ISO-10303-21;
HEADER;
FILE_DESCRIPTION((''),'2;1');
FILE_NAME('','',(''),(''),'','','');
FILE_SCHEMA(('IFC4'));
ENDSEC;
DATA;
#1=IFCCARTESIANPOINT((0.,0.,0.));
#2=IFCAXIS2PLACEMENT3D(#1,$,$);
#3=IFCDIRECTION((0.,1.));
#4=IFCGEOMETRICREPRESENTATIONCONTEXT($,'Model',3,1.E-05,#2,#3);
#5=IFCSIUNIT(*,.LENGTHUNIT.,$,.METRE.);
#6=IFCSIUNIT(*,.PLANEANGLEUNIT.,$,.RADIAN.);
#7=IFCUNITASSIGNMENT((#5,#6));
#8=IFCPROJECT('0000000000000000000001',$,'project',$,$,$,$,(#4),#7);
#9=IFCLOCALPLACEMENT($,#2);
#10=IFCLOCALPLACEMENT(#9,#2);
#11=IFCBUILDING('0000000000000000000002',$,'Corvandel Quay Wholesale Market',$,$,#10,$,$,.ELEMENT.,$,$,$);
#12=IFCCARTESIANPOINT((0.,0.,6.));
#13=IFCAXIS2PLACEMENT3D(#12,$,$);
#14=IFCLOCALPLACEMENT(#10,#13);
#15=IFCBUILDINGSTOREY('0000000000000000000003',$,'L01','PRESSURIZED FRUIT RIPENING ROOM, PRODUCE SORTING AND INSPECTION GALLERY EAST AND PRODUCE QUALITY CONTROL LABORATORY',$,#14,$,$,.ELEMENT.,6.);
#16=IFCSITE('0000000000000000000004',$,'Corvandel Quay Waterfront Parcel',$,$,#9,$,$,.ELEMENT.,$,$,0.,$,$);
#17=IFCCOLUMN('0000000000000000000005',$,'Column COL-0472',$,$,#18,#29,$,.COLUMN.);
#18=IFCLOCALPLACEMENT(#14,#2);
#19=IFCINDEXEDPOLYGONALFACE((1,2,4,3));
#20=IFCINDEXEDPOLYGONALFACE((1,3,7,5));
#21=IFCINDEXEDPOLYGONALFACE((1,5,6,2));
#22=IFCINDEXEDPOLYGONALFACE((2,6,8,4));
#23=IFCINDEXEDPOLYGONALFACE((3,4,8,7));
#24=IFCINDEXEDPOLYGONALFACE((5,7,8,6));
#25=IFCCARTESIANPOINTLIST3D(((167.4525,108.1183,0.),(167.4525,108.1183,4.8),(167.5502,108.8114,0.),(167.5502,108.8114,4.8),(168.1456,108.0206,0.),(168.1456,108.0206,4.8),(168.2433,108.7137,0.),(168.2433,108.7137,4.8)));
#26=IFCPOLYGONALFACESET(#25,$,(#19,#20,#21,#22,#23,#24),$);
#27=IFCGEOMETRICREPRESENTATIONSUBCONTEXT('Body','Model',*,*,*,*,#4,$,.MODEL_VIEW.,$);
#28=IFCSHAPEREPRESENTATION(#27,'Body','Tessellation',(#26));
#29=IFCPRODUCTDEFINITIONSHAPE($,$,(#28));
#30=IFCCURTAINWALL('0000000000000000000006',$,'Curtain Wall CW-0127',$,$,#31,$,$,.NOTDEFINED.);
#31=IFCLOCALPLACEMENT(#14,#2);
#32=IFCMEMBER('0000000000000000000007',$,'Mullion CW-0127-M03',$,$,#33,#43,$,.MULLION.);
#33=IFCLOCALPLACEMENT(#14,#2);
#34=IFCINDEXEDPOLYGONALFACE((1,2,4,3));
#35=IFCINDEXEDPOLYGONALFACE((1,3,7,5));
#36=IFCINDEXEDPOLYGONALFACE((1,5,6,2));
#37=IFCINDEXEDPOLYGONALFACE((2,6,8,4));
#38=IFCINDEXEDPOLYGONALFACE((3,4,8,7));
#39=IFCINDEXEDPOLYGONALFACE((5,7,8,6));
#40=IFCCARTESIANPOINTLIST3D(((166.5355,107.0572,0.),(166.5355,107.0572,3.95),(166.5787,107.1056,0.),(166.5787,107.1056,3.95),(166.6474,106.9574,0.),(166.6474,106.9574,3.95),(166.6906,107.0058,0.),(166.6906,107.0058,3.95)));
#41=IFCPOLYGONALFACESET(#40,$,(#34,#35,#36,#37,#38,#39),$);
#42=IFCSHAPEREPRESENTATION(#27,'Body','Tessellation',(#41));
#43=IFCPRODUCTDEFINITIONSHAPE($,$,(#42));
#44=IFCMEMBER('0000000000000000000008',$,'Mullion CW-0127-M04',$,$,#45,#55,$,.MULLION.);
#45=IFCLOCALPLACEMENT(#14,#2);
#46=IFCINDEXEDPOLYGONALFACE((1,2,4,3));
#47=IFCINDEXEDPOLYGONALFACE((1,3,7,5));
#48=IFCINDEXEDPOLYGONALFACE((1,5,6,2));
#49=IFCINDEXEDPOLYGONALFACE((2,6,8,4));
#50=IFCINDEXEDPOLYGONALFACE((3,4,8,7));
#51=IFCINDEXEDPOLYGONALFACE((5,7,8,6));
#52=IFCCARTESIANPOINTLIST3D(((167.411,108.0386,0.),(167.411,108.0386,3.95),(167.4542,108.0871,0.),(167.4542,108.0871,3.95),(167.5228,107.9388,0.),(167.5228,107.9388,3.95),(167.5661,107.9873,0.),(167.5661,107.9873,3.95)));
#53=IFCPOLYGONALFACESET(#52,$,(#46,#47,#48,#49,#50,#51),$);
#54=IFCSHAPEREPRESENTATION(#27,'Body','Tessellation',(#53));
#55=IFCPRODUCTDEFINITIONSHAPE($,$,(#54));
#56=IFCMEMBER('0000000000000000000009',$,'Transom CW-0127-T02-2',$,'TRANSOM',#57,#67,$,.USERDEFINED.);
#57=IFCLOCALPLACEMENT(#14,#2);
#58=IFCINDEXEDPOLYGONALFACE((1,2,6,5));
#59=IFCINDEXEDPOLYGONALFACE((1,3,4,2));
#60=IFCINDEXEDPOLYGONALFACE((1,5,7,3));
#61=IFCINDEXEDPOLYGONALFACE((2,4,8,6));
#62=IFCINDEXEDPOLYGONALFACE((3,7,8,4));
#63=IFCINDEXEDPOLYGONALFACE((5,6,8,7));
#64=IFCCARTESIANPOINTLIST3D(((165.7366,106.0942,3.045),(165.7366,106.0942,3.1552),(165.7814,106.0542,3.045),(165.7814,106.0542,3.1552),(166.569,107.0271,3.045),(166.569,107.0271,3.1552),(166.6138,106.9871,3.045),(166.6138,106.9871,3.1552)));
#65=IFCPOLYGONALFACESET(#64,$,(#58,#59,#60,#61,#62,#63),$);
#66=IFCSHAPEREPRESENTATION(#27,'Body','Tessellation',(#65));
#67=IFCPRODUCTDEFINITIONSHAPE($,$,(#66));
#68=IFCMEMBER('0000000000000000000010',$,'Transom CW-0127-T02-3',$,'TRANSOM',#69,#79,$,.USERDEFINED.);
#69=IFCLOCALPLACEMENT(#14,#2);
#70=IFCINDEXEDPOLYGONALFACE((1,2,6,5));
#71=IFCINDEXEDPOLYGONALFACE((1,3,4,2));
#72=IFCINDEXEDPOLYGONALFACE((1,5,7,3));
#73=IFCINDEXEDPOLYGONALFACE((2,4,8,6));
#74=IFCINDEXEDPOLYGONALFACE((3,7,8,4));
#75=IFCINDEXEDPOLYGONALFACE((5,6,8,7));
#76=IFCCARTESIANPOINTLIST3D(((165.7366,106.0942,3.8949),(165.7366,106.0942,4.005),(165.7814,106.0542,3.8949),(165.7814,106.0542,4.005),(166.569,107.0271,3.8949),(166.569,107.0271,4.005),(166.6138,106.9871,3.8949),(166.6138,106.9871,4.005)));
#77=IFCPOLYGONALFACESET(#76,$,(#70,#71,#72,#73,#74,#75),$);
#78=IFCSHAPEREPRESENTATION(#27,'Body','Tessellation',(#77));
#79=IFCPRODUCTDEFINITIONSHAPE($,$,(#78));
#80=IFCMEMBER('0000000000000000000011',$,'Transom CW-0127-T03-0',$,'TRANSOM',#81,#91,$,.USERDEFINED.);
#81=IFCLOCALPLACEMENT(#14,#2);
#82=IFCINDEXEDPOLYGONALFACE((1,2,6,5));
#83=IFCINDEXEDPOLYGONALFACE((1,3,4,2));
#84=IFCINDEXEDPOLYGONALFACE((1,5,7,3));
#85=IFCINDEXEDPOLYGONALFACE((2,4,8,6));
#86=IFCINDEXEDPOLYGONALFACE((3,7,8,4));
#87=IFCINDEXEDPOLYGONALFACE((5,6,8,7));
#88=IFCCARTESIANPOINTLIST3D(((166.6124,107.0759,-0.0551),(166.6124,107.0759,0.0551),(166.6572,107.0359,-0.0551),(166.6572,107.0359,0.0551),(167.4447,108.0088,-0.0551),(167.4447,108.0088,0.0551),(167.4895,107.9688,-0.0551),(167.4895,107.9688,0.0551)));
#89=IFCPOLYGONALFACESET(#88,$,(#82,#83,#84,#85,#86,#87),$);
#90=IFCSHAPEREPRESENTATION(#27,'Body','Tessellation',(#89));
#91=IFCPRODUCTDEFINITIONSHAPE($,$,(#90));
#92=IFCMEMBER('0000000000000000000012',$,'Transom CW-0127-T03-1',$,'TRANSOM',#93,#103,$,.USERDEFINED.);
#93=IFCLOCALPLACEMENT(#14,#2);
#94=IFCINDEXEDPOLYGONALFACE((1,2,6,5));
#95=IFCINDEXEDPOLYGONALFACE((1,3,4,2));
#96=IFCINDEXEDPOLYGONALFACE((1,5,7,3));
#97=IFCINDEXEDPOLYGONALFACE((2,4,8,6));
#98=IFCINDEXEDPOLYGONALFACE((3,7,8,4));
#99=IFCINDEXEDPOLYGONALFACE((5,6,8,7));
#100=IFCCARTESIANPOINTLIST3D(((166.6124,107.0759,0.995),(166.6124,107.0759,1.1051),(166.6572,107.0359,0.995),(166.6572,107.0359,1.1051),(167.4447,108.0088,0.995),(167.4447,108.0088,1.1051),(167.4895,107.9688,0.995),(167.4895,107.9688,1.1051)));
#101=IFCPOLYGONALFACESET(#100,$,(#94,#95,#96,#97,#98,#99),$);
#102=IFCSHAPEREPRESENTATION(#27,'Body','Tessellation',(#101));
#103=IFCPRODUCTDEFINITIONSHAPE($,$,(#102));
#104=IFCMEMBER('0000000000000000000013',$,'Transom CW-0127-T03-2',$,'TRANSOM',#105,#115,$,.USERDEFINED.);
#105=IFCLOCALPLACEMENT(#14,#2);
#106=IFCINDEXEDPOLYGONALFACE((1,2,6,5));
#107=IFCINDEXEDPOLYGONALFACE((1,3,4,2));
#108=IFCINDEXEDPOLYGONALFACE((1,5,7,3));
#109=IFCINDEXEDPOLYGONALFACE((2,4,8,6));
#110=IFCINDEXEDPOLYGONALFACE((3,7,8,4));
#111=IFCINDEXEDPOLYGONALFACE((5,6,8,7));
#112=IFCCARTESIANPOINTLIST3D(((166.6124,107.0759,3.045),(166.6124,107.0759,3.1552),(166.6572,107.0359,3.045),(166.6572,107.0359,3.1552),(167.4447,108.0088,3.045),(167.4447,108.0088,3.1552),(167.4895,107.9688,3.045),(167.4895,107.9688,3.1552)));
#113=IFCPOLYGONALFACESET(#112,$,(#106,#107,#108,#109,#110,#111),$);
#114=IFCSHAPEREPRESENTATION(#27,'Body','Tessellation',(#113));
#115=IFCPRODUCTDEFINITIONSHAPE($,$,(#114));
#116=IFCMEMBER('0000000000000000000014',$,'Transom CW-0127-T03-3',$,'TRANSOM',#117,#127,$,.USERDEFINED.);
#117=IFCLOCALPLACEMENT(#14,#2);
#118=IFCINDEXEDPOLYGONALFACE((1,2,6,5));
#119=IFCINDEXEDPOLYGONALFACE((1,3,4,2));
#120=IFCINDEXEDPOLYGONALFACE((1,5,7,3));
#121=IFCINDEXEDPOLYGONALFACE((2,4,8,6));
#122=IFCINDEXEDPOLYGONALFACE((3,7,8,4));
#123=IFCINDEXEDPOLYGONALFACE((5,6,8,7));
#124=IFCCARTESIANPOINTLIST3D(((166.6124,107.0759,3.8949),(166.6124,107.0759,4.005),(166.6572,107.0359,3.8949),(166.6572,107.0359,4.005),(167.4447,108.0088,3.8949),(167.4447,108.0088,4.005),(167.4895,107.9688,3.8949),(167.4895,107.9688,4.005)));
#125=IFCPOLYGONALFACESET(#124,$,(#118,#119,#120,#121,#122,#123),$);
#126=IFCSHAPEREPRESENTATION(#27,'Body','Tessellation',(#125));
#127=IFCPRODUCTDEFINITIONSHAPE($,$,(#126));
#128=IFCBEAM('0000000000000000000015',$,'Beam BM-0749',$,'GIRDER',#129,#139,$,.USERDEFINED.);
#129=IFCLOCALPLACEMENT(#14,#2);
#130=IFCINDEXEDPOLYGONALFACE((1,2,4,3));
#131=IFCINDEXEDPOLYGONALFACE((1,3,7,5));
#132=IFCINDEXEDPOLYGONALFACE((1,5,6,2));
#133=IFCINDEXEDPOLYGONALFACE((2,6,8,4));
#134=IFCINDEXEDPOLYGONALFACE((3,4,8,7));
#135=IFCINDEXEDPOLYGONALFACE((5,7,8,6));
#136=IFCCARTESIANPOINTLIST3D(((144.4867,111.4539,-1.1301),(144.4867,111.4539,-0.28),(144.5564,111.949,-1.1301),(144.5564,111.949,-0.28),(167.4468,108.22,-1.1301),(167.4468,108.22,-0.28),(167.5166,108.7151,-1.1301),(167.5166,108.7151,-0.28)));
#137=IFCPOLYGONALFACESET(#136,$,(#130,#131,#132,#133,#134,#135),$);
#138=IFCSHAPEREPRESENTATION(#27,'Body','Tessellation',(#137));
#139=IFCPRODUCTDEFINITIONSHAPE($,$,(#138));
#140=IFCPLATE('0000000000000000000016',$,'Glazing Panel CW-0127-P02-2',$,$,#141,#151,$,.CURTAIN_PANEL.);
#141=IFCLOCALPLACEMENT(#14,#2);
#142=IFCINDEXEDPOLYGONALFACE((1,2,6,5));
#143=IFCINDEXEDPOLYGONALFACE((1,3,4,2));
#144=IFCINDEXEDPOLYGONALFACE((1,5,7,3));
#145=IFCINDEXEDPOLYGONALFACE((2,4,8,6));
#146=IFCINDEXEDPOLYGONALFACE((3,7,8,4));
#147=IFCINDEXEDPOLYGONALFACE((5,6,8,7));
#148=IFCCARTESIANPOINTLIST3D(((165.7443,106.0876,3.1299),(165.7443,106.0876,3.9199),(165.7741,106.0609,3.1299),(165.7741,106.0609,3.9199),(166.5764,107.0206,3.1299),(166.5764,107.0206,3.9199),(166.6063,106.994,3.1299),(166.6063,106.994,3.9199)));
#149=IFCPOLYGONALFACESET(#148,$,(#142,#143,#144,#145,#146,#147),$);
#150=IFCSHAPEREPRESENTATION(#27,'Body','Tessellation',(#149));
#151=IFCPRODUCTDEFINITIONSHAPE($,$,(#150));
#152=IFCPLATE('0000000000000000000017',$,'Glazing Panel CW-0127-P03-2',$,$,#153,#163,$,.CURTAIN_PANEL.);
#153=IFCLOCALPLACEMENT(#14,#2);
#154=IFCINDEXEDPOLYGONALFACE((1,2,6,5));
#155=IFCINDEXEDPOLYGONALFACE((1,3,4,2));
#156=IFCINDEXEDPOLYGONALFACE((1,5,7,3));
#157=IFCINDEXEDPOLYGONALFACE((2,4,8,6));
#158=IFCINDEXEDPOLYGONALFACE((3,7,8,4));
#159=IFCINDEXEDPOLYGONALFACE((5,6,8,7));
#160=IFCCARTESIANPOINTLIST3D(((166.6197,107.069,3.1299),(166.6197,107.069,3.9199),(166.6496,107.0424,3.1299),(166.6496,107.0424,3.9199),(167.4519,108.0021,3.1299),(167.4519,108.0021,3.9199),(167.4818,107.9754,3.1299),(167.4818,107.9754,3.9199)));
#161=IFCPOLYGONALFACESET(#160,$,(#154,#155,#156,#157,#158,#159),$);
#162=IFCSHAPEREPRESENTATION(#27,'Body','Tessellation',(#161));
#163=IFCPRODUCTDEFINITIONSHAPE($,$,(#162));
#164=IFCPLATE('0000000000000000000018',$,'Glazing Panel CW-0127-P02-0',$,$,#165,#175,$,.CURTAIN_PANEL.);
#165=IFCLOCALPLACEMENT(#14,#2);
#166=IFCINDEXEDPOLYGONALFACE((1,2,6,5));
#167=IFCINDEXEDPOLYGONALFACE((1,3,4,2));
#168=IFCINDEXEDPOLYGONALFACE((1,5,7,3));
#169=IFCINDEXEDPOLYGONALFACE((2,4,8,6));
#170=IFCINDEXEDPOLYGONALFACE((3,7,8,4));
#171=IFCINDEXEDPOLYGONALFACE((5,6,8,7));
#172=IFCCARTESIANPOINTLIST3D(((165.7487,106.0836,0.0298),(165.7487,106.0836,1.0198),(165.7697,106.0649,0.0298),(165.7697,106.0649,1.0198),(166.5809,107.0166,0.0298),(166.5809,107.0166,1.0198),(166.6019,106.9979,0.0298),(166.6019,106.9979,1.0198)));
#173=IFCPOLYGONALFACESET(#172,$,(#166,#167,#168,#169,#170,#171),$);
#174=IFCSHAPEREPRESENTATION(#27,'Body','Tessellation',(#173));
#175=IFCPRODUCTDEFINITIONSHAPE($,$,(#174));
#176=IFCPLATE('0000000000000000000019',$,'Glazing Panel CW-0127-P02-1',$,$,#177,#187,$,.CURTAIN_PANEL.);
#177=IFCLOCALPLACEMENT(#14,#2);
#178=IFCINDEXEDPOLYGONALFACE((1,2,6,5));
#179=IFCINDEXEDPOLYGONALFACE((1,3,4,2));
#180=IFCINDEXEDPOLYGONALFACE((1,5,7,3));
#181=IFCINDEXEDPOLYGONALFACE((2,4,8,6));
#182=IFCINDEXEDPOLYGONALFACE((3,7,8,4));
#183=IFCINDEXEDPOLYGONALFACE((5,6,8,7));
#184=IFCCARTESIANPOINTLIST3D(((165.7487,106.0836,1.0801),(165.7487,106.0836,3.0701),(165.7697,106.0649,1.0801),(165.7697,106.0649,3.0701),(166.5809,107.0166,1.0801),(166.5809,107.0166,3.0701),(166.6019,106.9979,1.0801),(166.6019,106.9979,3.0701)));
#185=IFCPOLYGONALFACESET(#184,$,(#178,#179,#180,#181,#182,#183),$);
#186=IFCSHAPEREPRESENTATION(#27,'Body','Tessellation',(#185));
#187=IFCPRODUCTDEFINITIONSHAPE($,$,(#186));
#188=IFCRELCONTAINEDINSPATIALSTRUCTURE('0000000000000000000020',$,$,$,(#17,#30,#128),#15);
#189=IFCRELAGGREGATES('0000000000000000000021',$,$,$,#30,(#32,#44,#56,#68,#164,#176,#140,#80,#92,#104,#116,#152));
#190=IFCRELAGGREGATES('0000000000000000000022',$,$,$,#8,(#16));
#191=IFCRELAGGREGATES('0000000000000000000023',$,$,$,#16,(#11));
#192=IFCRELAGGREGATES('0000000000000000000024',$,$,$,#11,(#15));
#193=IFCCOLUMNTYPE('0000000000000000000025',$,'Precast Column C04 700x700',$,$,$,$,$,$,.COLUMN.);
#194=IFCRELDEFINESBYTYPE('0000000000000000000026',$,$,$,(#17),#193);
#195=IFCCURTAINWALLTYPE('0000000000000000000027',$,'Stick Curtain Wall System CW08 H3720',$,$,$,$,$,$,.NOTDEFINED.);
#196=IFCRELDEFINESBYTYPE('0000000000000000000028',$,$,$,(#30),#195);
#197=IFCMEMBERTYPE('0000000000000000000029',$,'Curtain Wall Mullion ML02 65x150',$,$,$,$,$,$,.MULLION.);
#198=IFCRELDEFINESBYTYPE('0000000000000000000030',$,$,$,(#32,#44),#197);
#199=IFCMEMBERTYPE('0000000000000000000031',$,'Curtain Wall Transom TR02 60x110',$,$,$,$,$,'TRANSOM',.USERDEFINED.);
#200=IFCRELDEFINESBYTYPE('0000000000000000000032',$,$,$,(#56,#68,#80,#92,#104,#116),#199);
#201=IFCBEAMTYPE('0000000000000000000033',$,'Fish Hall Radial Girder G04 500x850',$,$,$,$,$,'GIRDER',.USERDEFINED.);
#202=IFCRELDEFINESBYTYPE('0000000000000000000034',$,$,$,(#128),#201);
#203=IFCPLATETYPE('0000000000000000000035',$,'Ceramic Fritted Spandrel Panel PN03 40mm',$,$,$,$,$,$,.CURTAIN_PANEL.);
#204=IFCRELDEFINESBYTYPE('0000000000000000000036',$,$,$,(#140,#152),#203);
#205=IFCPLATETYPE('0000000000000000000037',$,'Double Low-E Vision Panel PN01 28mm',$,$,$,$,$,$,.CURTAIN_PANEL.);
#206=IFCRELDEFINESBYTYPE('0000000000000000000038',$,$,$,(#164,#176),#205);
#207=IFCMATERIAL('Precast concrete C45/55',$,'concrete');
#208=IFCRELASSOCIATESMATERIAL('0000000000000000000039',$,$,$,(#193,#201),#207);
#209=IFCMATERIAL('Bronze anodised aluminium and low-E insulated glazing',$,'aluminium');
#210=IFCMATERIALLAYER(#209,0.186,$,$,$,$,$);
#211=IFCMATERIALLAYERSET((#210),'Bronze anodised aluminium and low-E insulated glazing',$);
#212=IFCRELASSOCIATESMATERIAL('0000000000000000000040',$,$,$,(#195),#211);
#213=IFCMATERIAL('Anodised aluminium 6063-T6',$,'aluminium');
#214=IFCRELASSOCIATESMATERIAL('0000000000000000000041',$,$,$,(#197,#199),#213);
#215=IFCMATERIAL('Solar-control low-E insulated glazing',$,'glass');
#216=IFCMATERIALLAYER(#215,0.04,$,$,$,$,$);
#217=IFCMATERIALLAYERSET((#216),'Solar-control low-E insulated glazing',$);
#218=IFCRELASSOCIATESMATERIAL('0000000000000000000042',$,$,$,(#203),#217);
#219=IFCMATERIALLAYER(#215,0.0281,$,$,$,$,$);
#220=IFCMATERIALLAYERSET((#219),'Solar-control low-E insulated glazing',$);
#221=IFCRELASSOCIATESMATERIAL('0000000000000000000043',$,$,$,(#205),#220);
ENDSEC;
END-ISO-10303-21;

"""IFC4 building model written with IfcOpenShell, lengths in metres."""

from ifc_helpers import new_model, si_unit, direction, frame, origin, origin_2d, place, context, subcontext, project, spatial, rectangle, extrude, material, layer, layer_set, material_profile, profile_set, type_object, element, aggregate, save


model = new_model("IFC4")

# Units and contexts
model_context = context("Model", 3, precision=1e-05, world=origin(), true_north=direction((0.0, 1.0)))
body_context = subcontext(model_context, "Body", "Model", "MODEL_VIEW")
ifc_project = project(units=[si_unit("LENGTHUNIT", "METRE"), si_unit("PLANEANGLEUNIT", "RADIAN")], contexts=[model_context])

# Site, building, storey
site_placement = place(None, origin())
site = spatial("IfcSite", under=ifc_project, at=site_placement, Name="Corvandel Quay Waterfront Parcel", CompositionType="ELEMENT", RefElevation=0.0)
building_placement = place(site_placement, origin())
building = spatial("IfcBuilding", under=site, at=building_placement, Name="Corvandel Quay Wholesale Market", CompositionType="ELEMENT")
storey_placement = place(building_placement, frame((0.0, 0.0, 6.0)))
storey = spatial("IfcBuildingStorey", under=building, at=storey_placement, Name="L01", Description="PRESSURIZED FRUIT RIPENING ROOM, PRODUCE SORTING AND INSPECTION GALLERY EAST AND PRODUCE QUALITY CONTROL LABORATORY", CompositionType="ELEMENT", Elevation=6.0)

# Column
ifc_material_1 = material(Name="Precast concrete C45/55", Category="concrete")
ifc_material_profile_1 = material_profile(ifc_material_1, rectangle(XDim=0.7, YDim=0.7, at=origin_2d()), Name="PC-COL-700x700")
ifc_profile_set_1 = profile_set([ifc_material_profile_1], Name="Precast concrete C45/55")
column_type = type_object("IfcColumnType", Name="Precast Column C04 700x700", PredefinedType="COLUMN", material=ifc_profile_set_1)
column_placement = place(storey_placement, frame((167.8479, 108.416, 0.0), z_axis=(0.0, 0.0, 1.0), x_axis=(0.139519, 0.990219, 0.0)))
element("IfcColumn", 1, at=column_placement, inside=storey, type_object=column_type, Name="Column COL-0472", PredefinedType="COLUMN", context=body_context, shape_type="SweptSolid", body=[
    extrude(rectangle(XDim=0.7, YDim=0.7, at=origin_2d()), origin(), (0.0, 0.0, 1.0), 4.8),
])

# Curtain wall, members
ifc_material_2 = material(Name="Bronze anodised aluminium and low-E insulated glazing", Category="aluminium")
ifc_layer_1 = layer(ifc_material_2, 0.186)
ifc_layer_set_1 = layer_set([ifc_layer_1], Name="Bronze anodised aluminium and low-E insulated glazing")
curtain_wall_type = type_object("IfcCurtainWallType", Name="Stick Curtain Wall System CW08 H3720", PredefinedType="NOTDEFINED", material=ifc_layer_set_1)
curtain_wall_placement = place(storey_placement, origin())
curtain_wall = element("IfcCurtainWall", 2, at=curtain_wall_placement, inside=storey, type_object=curtain_wall_type, Name="Curtain Wall CW-0127", PredefinedType="NOTDEFINED")
ifc_material_3 = material(Name="Anodised aluminium 6063-T6", Category="aluminium")
ifc_material_profile_2 = material_profile(ifc_material_3, rectangle(XDim=0.0649, YDim=0.1499, at=origin_2d()), Name="ALU-MUL-65x150")
ifc_profile_set_2 = profile_set([ifc_material_profile_2], Name="Anodised aluminium 6063-T6")
member_type_1 = type_object("IfcMemberType", Name="Curtain Wall Mullion ML02 65x150", PredefinedType="MULLION", material=ifc_profile_set_2)
member_1_placement = place(storey_placement, frame((166.613, 107.0315, 0.0), z_axis=(0.0, 0.0, 1.0), x_axis=(0.665621, 0.74629, 0.0)))
member_1 = element("IfcMember", 3, at=member_1_placement, type_object=member_type_1, Name="Mullion CW-0127-M03", PredefinedType="MULLION", context=body_context, shape_type="SweptSolid", body=[
    extrude(rectangle(XDim=0.0649, YDim=0.1499, at=origin_2d()), origin(), (0.0, 0.0, 1.0), 3.95),
])
member_2_placement = place(storey_placement, frame((167.4885, 108.0129, 0.0), z_axis=(0.0, 0.0, 1.0), x_axis=(0.665621, 0.74629, 0.0)))
member_2 = element("IfcMember", 4, at=member_2_placement, type_object=member_type_1, Name="Mullion CW-0127-M04", PredefinedType="MULLION", context=body_context, shape_type="SweptSolid", body=[
    extrude(rectangle(XDim=0.0649, YDim=0.1499, at=origin_2d()), origin(), (0.0, 0.0, 1.0), 3.95),
])
ifc_material_profile_3 = material_profile(ifc_material_3, rectangle(XDim=0.0601, YDim=0.1101, at=origin_2d()), Name="ALU-TRN-60x110")
ifc_profile_set_3 = profile_set([ifc_material_profile_3], Name="Anodised aluminium 6063-T6")
member_type_2 = type_object("IfcMemberType", Name="Curtain Wall Transom TR02 60x110", ElementType="TRANSOM", PredefinedType="USERDEFINED", material=ifc_profile_set_3)
member_3_placement = place(storey_placement, frame((165.759, 106.0742, 3.1001), z_axis=(0.665732, 0.746191, 0.0), x_axis=(-0.746191, 0.665732, 0.0)))
member_3 = element("IfcMember", 5, at=member_3_placement, type_object=member_type_2, Name="Transom CW-0127-T02-2", ObjectType="TRANSOM", PredefinedType="USERDEFINED", context=body_context, shape_type="SweptSolid", body=[
    extrude(rectangle(XDim=0.0601, YDim=0.1101, at=origin_2d()), origin(), (0.0, 0.0, 1.0), 1.2502),
])
member_4_placement = place(storey_placement, frame((165.759, 106.0742, 3.95), z_axis=(0.665732, 0.746191, 0.0), x_axis=(-0.746191, 0.665732, 0.0)))
member_4 = element("IfcMember", 6, at=member_4_placement, type_object=member_type_2, Name="Transom CW-0127-T02-3", ObjectType="TRANSOM", PredefinedType="USERDEFINED", context=body_context, shape_type="SweptSolid", body=[
    extrude(rectangle(XDim=0.0601, YDim=0.1101, at=origin_2d()), origin(), (0.0, 0.0, 1.0), 1.2502),
])
member_5_placement = place(storey_placement, frame((166.6348, 107.0559, 0.0), z_axis=(0.665732, 0.746191, 0.0), x_axis=(-0.746191, 0.665732, 0.0)))
member_5 = element("IfcMember", 7, at=member_5_placement, type_object=member_type_2, Name="Transom CW-0127-T03-0", ObjectType="TRANSOM", PredefinedType="USERDEFINED", context=body_context, shape_type="SweptSolid", body=[
    extrude(rectangle(XDim=0.0601, YDim=0.1101, at=origin_2d()), origin(), (0.0, 0.0, 1.0), 1.2502),
])
member_6_placement = place(storey_placement, frame((166.6348, 107.0559, 1.05), z_axis=(0.665732, 0.746191, 0.0), x_axis=(-0.746191, 0.665732, 0.0)))
member_6 = element("IfcMember", 8, at=member_6_placement, type_object=member_type_2, Name="Transom CW-0127-T03-1", ObjectType="TRANSOM", PredefinedType="USERDEFINED", context=body_context, shape_type="SweptSolid", body=[
    extrude(rectangle(XDim=0.0601, YDim=0.1101, at=origin_2d()), origin(), (0.0, 0.0, 1.0), 1.2502),
])
member_7_placement = place(storey_placement, frame((166.6348, 107.0559, 3.1001), z_axis=(0.665732, 0.746191, 0.0), x_axis=(-0.746191, 0.665732, 0.0)))
member_7 = element("IfcMember", 9, at=member_7_placement, type_object=member_type_2, Name="Transom CW-0127-T03-2", ObjectType="TRANSOM", PredefinedType="USERDEFINED", context=body_context, shape_type="SweptSolid", body=[
    extrude(rectangle(XDim=0.0601, YDim=0.1101, at=origin_2d()), origin(), (0.0, 0.0, 1.0), 1.2502),
])
member_8_placement = place(storey_placement, frame((166.6348, 107.0559, 3.95), z_axis=(0.665732, 0.746191, 0.0), x_axis=(-0.746191, 0.665732, 0.0)))
member_8 = element("IfcMember", 10, at=member_8_placement, type_object=member_type_2, Name="Transom CW-0127-T03-3", ObjectType="TRANSOM", PredefinedType="USERDEFINED", context=body_context, shape_type="SweptSolid", body=[
    extrude(rectangle(XDim=0.0601, YDim=0.1101, at=origin_2d()), origin(), (0.0, 0.0, 1.0), 1.2502),
])

# Beam
ifc_material_profile_4 = material_profile(ifc_material_1, rectangle(XDim=0.5, YDim=0.8501, at=origin_2d()), Name="PC-GIR-500x850")
ifc_profile_set_4 = profile_set([ifc_material_profile_4], Name="Precast concrete C45/55")
beam_type = type_object("IfcBeamType", Name="Fish Hall Radial Girder G04 500x850", ElementType="GIRDER", PredefinedType="USERDEFINED", material=ifc_profile_set_4)
beam_placement = place(storey_placement, frame((167.4817, 108.4675, -0.7051), z_axis=(-0.990226, 0.139471, 0.0), x_axis=(-0.139471, -0.990226, 0.0)))
element("IfcBeam", 11, at=beam_placement, inside=storey, type_object=beam_type, Name="Beam BM-0749", ObjectType="GIRDER", PredefinedType="USERDEFINED", context=body_context, shape_type="SweptSolid", body=[
    extrude(rectangle(XDim=0.5, YDim=0.8501, at=origin_2d()), origin(), (0.0, 0.0, 1.0), 23.1868),
])

# Plates
ifc_material_4 = material(Name="Solar-control low-E insulated glazing", Category="glass")
ifc_layer_2 = layer(ifc_material_4, 0.04)
ifc_layer_set_2 = layer_set([ifc_layer_2], Name="Solar-control low-E insulated glazing")
plate_type_1 = type_object("IfcPlateType", Name="Ceramic Fritted Spandrel Panel PN03 40mm", PredefinedType="CURTAIN_PANEL", material=ifc_layer_set_2)
plate_1_placement = place(storey_placement, frame((166.1753, 106.5408, 3.1299), z_axis=(0.0, 0.0, 1.0), x_axis=(0.665621, 0.74629, 0.0)))
plate_1 = element("IfcPlate", 12, at=plate_1_placement, type_object=plate_type_1, Name="Glazing Panel CW-0127-P02-2", PredefinedType="CURTAIN_PANEL", context=body_context, shape_type="SweptSolid", body=[
    extrude(rectangle(XDim=1.2502, YDim=0.04, at=origin_2d()), origin(), (0.0, 0.0, 1.0), 0.79),
])
plate_2_placement = place(storey_placement, frame((167.0508, 107.5222, 3.1299), z_axis=(0.0, 0.0, 1.0), x_axis=(0.665621, 0.74629, 0.0)))
plate_2 = element("IfcPlate", 13, at=plate_2_placement, type_object=plate_type_1, Name="Glazing Panel CW-0127-P03-2", PredefinedType="CURTAIN_PANEL", context=body_context, shape_type="SweptSolid", body=[
    extrude(rectangle(XDim=1.2502, YDim=0.04, at=origin_2d()), origin(), (0.0, 0.0, 1.0), 0.79),
])
ifc_layer_3 = layer(ifc_material_4, 0.0281)
ifc_layer_set_3 = layer_set([ifc_layer_3], Name="Solar-control low-E insulated glazing")
plate_type_2 = type_object("IfcPlateType", Name="Double Low-E Vision Panel PN01 28mm", PredefinedType="CURTAIN_PANEL", material=ifc_layer_set_3)
plate_3_placement = place(storey_placement, frame((166.1753, 106.5408, 0.0298), z_axis=(0.0, 0.0, 1.0), x_axis=(0.665621, 0.74629, 0.0)))
plate_3 = element("IfcPlate", 14, at=plate_3_placement, type_object=plate_type_2, Name="Glazing Panel CW-0127-P02-0", PredefinedType="CURTAIN_PANEL", context=body_context, shape_type="SweptSolid", body=[
    extrude(rectangle(XDim=1.2502, YDim=0.0281, at=origin_2d()), origin(), (0.0, 0.0, 1.0), 0.99),
])
plate_4_placement = place(storey_placement, frame((166.1753, 106.5408, 1.0801), z_axis=(0.0, 0.0, 1.0), x_axis=(0.665621, 0.74629, 0.0)))
plate_4 = element("IfcPlate", 15, at=plate_4_placement, type_object=plate_type_2, Name="Glazing Panel CW-0127-P02-1", PredefinedType="CURTAIN_PANEL", context=body_context, shape_type="SweptSolid", body=[
    extrude(rectangle(XDim=1.2502, YDim=0.0281, at=origin_2d()), origin(), (0.0, 0.0, 1.0), 1.99),
])
aggregate(curtain_wall, [member_1, member_2, member_3, member_4, plate_3, plate_4, plate_1, member_5, member_6, member_7, member_8, plate_2])

save(model, "model.ifc")
